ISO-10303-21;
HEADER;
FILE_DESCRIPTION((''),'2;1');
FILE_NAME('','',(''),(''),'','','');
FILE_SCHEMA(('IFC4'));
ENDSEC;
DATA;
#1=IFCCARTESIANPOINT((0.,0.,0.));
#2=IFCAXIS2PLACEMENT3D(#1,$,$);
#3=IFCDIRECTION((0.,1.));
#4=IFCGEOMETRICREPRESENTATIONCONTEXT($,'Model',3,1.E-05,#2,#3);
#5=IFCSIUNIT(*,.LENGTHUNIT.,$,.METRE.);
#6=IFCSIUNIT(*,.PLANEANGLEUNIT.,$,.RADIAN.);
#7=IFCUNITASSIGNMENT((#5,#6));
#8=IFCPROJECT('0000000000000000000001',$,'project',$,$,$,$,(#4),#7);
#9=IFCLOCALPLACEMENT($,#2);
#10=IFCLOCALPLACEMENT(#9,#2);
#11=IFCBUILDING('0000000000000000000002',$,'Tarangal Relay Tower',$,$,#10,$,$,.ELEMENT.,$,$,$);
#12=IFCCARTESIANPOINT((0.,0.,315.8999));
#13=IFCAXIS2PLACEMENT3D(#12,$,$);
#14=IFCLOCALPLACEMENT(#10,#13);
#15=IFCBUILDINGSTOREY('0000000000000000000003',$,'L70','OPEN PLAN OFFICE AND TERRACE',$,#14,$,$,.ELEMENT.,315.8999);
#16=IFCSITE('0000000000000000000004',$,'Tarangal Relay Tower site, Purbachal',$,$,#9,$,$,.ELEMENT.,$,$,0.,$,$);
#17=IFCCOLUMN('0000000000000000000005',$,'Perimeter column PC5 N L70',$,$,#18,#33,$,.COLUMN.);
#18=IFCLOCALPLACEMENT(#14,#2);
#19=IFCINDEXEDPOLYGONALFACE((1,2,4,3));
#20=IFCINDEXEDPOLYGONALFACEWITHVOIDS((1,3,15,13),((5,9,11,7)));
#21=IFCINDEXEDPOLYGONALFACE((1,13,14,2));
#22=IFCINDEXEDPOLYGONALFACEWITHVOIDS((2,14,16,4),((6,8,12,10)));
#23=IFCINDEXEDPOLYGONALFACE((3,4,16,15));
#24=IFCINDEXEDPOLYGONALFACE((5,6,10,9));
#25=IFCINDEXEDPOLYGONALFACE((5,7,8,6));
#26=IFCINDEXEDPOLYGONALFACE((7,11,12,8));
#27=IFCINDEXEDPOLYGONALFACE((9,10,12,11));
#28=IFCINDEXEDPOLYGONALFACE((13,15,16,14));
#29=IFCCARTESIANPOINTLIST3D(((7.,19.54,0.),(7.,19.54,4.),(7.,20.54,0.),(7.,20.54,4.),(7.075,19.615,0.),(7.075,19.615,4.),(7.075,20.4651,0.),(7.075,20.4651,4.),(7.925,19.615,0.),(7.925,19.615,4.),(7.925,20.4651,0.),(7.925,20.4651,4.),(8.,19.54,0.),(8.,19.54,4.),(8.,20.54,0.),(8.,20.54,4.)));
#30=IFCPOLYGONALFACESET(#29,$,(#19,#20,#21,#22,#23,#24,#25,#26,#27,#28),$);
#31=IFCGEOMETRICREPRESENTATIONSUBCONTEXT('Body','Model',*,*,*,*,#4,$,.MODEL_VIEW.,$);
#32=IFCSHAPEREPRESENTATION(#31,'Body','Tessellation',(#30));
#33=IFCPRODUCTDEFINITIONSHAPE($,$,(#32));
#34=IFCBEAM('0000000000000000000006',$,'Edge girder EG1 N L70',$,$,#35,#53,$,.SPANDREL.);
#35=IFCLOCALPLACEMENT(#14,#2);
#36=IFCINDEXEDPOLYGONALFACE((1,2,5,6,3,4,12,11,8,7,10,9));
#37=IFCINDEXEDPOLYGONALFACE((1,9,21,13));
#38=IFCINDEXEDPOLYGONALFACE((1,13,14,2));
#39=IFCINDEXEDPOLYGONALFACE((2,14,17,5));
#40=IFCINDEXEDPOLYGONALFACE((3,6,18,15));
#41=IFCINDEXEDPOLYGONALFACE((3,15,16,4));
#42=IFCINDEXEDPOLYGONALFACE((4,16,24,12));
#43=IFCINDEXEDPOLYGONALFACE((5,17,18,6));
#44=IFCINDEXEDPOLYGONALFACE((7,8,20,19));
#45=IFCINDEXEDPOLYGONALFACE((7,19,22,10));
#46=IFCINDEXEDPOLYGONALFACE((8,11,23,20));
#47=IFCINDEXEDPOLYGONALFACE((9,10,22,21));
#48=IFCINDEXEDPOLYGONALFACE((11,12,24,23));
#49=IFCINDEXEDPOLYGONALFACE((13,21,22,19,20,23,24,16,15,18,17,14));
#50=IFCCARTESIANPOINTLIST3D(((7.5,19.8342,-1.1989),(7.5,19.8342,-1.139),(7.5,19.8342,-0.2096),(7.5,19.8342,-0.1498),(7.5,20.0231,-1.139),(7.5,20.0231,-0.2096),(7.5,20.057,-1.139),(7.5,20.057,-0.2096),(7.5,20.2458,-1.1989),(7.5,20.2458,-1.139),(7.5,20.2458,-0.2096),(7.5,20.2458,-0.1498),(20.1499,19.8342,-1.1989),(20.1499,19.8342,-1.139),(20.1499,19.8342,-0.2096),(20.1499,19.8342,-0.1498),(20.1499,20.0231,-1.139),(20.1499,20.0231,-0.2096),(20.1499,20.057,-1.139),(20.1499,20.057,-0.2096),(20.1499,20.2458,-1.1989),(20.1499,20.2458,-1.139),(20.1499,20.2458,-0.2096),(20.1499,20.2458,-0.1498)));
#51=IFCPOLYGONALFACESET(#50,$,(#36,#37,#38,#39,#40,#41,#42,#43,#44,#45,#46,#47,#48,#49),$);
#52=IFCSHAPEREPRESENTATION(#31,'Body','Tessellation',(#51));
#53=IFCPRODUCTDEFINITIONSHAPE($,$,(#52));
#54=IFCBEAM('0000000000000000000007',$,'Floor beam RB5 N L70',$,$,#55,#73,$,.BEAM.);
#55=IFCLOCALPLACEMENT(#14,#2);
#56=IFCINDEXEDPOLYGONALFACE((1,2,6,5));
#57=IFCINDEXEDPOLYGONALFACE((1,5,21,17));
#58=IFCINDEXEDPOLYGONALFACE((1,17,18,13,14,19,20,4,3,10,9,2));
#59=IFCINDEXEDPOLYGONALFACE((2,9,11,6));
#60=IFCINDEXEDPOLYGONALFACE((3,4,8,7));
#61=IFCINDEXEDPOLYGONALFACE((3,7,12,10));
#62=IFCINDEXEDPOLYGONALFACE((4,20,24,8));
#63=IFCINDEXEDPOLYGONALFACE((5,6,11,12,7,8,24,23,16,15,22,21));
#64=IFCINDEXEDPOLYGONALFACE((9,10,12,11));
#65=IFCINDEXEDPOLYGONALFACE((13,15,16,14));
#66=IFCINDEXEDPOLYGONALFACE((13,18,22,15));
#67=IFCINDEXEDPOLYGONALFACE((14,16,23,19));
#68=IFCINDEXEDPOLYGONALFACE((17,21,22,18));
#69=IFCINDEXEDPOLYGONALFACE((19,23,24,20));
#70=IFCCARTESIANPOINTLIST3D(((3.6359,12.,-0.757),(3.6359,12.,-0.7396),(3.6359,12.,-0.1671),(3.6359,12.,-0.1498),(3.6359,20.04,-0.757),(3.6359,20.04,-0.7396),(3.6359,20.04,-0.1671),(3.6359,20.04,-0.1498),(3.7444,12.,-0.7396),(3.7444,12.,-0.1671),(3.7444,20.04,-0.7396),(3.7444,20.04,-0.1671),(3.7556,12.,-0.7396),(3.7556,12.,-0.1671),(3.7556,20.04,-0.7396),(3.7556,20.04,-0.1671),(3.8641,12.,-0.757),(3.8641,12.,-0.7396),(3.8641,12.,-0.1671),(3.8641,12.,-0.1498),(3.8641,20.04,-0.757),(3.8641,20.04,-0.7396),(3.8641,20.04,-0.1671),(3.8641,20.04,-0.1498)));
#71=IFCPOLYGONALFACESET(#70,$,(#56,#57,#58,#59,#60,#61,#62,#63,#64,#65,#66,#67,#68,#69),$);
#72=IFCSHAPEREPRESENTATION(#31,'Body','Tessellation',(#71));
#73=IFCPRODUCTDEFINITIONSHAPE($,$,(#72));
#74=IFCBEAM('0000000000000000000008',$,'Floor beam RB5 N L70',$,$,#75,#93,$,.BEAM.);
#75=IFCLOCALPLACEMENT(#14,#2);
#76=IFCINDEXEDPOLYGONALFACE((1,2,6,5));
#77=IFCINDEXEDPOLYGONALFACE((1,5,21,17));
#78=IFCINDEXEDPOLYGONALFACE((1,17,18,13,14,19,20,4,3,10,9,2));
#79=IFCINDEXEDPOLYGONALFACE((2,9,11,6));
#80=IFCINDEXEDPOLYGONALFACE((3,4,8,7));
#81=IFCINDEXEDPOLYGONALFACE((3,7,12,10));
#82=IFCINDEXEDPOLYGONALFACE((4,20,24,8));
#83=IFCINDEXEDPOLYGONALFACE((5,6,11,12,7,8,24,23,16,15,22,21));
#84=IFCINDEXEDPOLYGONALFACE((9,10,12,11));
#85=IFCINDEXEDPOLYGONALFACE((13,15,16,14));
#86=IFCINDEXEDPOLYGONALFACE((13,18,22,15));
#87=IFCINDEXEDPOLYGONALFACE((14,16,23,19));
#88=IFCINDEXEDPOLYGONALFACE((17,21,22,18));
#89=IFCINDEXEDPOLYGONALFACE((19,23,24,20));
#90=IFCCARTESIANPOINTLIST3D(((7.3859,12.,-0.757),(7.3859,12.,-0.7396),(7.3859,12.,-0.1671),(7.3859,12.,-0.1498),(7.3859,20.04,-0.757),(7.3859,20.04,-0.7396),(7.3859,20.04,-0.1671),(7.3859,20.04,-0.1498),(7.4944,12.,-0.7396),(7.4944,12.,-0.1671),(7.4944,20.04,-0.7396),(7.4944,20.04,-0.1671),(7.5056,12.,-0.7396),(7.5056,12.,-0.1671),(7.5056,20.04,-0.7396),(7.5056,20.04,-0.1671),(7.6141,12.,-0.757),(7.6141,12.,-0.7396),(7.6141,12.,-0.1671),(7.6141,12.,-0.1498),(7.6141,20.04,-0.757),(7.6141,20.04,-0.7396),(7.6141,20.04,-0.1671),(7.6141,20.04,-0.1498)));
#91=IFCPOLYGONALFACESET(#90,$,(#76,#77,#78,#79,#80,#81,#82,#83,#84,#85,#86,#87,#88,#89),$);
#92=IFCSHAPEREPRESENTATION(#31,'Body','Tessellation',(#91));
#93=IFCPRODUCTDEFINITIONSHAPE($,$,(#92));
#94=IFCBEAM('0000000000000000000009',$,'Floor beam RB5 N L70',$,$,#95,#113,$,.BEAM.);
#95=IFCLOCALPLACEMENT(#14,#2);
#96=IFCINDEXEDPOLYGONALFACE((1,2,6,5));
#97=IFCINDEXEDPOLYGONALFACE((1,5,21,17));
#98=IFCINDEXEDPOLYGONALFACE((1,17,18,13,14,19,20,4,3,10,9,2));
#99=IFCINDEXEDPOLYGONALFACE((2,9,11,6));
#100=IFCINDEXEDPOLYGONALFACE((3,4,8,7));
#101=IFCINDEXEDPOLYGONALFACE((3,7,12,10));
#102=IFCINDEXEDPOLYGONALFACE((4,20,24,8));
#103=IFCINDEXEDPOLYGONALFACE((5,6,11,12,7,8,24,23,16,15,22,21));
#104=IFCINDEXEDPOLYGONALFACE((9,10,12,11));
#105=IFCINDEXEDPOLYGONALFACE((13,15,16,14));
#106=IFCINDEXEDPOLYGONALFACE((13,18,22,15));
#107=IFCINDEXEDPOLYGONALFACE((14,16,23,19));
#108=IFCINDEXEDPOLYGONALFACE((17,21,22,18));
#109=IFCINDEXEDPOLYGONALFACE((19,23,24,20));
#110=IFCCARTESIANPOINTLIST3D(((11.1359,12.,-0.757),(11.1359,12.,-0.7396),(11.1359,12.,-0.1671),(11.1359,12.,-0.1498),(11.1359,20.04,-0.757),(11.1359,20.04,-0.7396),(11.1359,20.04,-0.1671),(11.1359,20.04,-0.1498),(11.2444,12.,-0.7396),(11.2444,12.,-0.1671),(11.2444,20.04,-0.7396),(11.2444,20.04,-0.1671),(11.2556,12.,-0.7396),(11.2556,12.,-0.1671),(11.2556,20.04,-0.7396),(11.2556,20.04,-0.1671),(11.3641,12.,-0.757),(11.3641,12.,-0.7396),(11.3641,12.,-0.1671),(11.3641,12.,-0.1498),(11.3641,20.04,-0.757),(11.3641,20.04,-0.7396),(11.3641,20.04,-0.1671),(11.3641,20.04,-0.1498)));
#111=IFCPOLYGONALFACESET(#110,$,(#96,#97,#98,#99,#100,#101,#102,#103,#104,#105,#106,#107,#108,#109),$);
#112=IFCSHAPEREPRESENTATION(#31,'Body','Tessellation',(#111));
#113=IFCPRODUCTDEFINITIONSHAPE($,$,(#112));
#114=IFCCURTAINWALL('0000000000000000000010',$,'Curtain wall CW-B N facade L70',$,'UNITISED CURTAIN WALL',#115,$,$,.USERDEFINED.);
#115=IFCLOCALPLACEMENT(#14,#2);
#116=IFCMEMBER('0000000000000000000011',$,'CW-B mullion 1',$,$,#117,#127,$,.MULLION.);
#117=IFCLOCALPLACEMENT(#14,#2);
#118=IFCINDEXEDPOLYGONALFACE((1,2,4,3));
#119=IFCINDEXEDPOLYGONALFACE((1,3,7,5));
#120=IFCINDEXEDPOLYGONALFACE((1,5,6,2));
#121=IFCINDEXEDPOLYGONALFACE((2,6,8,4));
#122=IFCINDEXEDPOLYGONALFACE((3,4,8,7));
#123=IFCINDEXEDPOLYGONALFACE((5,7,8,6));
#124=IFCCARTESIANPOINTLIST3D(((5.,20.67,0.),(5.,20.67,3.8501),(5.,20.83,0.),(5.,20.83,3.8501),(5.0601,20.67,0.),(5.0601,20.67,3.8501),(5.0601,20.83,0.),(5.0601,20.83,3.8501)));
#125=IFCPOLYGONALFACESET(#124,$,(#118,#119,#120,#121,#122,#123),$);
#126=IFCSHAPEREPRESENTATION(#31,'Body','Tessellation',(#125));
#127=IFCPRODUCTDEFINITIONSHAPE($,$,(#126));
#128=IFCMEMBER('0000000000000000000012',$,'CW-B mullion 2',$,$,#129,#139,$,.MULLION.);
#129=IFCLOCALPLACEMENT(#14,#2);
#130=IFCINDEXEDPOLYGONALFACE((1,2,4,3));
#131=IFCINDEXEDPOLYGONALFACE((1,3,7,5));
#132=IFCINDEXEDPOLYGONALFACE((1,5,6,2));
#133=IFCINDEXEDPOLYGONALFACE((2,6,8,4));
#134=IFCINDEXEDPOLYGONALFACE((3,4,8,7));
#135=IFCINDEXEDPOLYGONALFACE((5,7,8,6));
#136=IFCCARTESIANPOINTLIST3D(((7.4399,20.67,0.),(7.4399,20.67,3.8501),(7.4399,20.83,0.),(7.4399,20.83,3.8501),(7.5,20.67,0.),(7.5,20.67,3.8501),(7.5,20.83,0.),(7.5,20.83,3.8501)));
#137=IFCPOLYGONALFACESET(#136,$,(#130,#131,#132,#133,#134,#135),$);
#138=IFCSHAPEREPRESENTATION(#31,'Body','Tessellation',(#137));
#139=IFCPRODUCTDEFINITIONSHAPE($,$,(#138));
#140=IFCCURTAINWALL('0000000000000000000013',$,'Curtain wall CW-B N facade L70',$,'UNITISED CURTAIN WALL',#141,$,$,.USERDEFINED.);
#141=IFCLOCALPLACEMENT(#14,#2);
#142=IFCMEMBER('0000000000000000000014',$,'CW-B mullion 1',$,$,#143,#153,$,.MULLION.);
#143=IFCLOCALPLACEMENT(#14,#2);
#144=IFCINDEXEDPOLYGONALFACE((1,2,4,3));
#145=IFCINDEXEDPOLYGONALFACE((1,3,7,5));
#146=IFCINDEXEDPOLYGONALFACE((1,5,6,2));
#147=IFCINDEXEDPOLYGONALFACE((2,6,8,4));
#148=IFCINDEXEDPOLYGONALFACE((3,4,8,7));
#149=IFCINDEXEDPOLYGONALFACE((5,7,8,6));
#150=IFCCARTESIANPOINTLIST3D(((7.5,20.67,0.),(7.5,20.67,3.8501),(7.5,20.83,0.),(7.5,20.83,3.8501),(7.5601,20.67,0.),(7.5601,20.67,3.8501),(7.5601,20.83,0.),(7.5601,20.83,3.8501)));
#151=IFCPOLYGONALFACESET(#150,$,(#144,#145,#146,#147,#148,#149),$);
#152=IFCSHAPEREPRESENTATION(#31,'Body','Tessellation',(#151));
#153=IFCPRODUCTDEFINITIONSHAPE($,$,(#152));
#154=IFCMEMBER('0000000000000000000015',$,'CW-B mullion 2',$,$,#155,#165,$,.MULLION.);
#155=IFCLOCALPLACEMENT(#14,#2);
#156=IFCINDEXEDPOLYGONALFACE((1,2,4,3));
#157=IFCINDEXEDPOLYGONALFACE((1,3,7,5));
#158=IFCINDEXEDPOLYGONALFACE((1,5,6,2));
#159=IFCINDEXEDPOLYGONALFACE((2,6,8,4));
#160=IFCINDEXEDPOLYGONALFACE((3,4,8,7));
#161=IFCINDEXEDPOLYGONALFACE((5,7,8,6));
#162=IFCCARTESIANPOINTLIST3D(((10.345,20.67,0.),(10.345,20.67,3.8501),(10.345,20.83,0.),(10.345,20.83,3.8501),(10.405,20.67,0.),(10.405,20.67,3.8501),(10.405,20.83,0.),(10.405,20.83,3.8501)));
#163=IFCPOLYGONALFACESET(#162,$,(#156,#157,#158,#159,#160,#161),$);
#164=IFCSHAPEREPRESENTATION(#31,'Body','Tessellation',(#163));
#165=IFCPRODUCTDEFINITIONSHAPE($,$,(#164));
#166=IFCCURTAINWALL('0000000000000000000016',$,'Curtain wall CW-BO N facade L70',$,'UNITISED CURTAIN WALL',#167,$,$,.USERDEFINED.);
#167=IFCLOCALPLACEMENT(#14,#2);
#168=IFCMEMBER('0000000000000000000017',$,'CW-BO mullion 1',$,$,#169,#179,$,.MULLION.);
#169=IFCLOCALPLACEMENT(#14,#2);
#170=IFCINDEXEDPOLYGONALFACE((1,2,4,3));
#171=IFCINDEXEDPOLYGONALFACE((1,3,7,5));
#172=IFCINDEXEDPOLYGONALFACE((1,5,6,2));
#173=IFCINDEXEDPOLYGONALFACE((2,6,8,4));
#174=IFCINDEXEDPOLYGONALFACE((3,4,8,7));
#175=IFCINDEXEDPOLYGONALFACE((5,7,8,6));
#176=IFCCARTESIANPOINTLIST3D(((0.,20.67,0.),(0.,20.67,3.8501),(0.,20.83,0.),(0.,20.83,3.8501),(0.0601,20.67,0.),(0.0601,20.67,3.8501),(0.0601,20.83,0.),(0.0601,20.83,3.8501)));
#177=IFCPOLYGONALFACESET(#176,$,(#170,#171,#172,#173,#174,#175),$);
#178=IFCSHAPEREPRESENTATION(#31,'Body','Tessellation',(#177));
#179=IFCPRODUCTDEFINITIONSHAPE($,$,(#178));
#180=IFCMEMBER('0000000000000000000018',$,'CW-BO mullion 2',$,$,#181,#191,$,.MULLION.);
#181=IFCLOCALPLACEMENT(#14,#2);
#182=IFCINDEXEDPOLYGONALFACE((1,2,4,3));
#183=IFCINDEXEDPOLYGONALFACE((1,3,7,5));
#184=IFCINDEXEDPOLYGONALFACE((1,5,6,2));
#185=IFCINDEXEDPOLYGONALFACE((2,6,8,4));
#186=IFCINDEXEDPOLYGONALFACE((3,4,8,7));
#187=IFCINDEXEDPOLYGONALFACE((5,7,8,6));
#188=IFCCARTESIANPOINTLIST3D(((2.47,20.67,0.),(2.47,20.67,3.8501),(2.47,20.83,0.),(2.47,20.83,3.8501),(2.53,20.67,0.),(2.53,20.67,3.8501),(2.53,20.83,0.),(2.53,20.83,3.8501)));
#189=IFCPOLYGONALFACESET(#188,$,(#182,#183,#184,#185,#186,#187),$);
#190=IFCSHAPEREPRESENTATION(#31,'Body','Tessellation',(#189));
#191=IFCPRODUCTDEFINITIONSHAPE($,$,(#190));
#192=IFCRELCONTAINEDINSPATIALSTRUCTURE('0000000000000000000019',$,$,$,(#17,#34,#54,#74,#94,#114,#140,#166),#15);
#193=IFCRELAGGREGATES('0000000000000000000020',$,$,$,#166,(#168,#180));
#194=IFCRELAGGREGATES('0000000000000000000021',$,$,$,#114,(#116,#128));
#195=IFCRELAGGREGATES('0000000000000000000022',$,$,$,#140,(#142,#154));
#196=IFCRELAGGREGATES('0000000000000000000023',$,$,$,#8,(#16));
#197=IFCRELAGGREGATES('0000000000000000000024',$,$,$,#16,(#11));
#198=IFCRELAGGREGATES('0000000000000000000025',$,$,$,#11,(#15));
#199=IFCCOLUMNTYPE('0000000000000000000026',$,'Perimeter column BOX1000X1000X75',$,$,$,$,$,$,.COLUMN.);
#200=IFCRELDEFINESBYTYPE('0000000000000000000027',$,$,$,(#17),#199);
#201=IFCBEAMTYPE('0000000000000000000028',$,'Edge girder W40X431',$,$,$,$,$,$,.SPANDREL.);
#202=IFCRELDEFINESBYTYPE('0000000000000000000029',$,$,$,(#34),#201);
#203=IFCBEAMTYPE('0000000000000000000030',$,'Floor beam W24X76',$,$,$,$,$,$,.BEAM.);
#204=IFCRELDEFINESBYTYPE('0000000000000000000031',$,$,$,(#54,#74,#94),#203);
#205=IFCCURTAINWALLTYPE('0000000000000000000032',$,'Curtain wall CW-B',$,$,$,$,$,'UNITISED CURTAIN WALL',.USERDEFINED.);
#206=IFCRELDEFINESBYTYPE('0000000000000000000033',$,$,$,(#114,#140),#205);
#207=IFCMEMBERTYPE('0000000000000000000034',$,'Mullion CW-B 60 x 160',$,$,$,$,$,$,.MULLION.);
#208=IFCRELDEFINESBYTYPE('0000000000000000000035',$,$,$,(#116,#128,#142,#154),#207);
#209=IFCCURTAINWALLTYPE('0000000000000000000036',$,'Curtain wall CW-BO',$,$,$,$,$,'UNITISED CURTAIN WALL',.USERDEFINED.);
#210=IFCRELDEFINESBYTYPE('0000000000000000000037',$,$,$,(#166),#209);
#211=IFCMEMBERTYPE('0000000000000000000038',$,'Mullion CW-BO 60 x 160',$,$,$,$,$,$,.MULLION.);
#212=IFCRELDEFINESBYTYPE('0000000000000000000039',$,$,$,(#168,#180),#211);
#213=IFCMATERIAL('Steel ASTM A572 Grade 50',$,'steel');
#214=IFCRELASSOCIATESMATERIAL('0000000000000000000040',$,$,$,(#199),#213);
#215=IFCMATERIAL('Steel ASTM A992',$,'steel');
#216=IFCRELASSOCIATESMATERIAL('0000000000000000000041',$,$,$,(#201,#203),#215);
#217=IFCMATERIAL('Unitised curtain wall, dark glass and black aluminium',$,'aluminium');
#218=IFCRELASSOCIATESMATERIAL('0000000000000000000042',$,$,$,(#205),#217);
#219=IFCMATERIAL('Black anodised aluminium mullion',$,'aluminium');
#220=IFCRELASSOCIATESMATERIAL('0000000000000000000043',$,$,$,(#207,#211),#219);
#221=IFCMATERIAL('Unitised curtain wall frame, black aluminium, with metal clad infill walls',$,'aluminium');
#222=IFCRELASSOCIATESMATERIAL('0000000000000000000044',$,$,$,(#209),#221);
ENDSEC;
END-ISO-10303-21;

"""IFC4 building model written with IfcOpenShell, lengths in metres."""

from ifc_helpers import new_model, si_unit, direction, frame, origin, origin_2d, place, context, subcontext, project, spatial, rectangle, hollow_rectangle, i_section, extrude, material, material_profile, profile_set, type_object, element, aggregate, save


model = new_model("IFC4")

# Units and contexts
model_context = context("Model", 3, precision=1e-05, world=origin(), true_north=direction((0.0, 1.0)))
body_context = subcontext(model_context, "Body", "Model", "MODEL_VIEW")
ifc_project = project(units=[si_unit("LENGTHUNIT", "METRE"), si_unit("PLANEANGLEUNIT", "RADIAN")], contexts=[model_context])

# Site, building, storey
site_placement = place(None, origin())
site = spatial("IfcSite", under=ifc_project, at=site_placement, Name="Tarangal Relay Tower site, Purbachal", CompositionType="ELEMENT", RefElevation=0.0)
building_placement = place(site_placement, origin())
building = spatial("IfcBuilding", under=site, at=building_placement, Name="Tarangal Relay Tower", CompositionType="ELEMENT")
storey_placement = place(building_placement, frame((0.0, 0.0, 315.8999)))
storey = spatial("IfcBuildingStorey", under=building, at=storey_placement, Name="L70", Description="OPEN PLAN OFFICE AND TERRACE", CompositionType="ELEMENT", Elevation=315.8999)

# Column
ifc_material_1 = material(Name="Steel ASTM A572 Grade 50", Category="steel")
ifc_material_profile_1 = material_profile(ifc_material_1, hollow_rectangle(XDim=1.0, YDim=1.0, WallThickness=0.075, at=origin_2d()), Name="BOX1000X1000X75")
ifc_profile_set_1 = profile_set([ifc_material_profile_1], Name="Steel ASTM A572 Grade 50")
column_type = type_object("IfcColumnType", Name="Perimeter column BOX1000X1000X75", PredefinedType="COLUMN", material=ifc_profile_set_1)
column_placement = place(storey_placement, frame((7.5, 20.04, 0.0), z_axis=(0.0, 0.0, 1.0), x_axis=(1.0, 0.0, 0.0)))
element("IfcColumn", 1, at=column_placement, inside=storey, type_object=column_type, Name="Perimeter column PC5 N L70", PredefinedType="COLUMN", context=body_context, shape_type="SweptSolid", body=[
    extrude(hollow_rectangle(XDim=1.0, YDim=1.0, WallThickness=0.075, at=origin_2d()), origin(), (0.0, 0.0, 1.0), 4.0),
])

# Beams
ifc_material_2 = material(Name="Steel ASTM A992", Category="steel")
ifc_material_profile_2 = material_profile(ifc_material_2, i_section(OverallWidth=0.4116, OverallDepth=1.0491, WebThickness=0.0339, FlangeThickness=0.0598, at=origin_2d()), Name="W40X431")
ifc_profile_set_2 = profile_set([ifc_material_profile_2], Name="Steel ASTM A992")
beam_type_1 = type_object("IfcBeamType", Name="Edge girder W40X431", PredefinedType="SPANDREL", material=ifc_profile_set_2)
beam_placement = place(storey_placement, frame((7.5, 20.04, -0.6743), z_axis=(1.0, 0.0, 0.0), x_axis=(0.0, 1.0, 0.0)))
element("IfcBeam", 2, at=beam_placement, inside=storey, type_object=beam_type_1, Name="Edge girder EG1 N L70", PredefinedType="SPANDREL", context=body_context, shape_type="SweptSolid", body=[
    extrude(i_section(OverallWidth=0.4116, OverallDepth=1.0491, WebThickness=0.0339, FlangeThickness=0.0598, at=origin_2d()), origin(), (0.0, 0.0, 1.0), 12.6499),
])
ifc_material_profile_3 = material_profile(ifc_material_2, i_section(OverallWidth=0.2283, OverallDepth=0.6072, WebThickness=0.0112, FlangeThickness=0.0173, at=origin_2d()), Name="W24X76")
ifc_profile_set_3 = profile_set([ifc_material_profile_3], Name="Steel ASTM A992")
beam_type_2 = type_object("IfcBeamType", Name="Floor beam W24X76", PredefinedType="BEAM", material=ifc_profile_set_3)
for number, where, z_axis, x_axis, name in (
    (3, (3.75, 12.0, -0.4534), (0.0, 1.0, 0.0), (-1.0, 0.0, 0.0), "Floor beam RB5 N L70"),
    (4, (7.5, 12.0, -0.4534), (0.0, 1.0, 0.0), (-1.0, 0.0, 0.0), "Floor beam RB5 N L70"),
    (5, (11.25, 12.0, -0.4534), (0.0, 1.0, 0.0), (-1.0, 0.0, 0.0), "Floor beam RB5 N L70"),
):
    element("IfcBeam", number, at=place(storey_placement, frame(where, z_axis=z_axis, x_axis=x_axis)), inside=storey, type_object=beam_type_2, Name=name, PredefinedType="BEAM", context=body_context, shape_type="SweptSolid", body=[
        extrude(i_section(OverallWidth=0.2283, OverallDepth=0.6072, WebThickness=0.0112, FlangeThickness=0.0173, at=origin_2d()), origin(), (0.0, 0.0, 1.0), 8.04),
    ])

# Curtain walls, members
ifc_material_3 = material(Name="Unitised curtain wall, dark glass and black aluminium", Category="aluminium")
curtain_wall_type_1 = type_object("IfcCurtainWallType", Name="Curtain wall CW-B", ElementType="UNITISED CURTAIN WALL", PredefinedType="USERDEFINED", material=ifc_material_3)
curtain_wall_1_placement = place(storey_placement, origin())
curtain_wall_1 = element("IfcCurtainWall", 6, at=curtain_wall_1_placement, inside=storey, type_object=curtain_wall_type_1, Name="Curtain wall CW-B N facade L70", ObjectType="UNITISED CURTAIN WALL", PredefinedType="USERDEFINED")
ifc_material_4 = material(Name="Black anodised aluminium mullion", Category="aluminium")
ifc_material_profile_4 = material_profile(ifc_material_4, rectangle(XDim=0.1599, YDim=0.0601, at=origin_2d()), Name="CW-BM 60X160")
ifc_profile_set_4 = profile_set([ifc_material_profile_4], Name="Black anodised aluminium mullion")
member_type_1 = type_object("IfcMemberType", Name="Mullion CW-B 60 x 160", PredefinedType="MULLION", material=ifc_profile_set_4)
member_1_placement = place(storey_placement, frame((5.03, 20.75, 0.0), z_axis=(0.0, 0.0, 1.0), x_axis=(0.0, 1.0, 0.0)))
member_1 = element("IfcMember", 7, at=member_1_placement, type_object=member_type_1, Name="CW-B mullion 1", PredefinedType="MULLION", context=body_context, shape_type="SweptSolid", body=[
    extrude(rectangle(XDim=0.1599, YDim=0.0601, at=origin_2d()), origin(), (0.0, 0.0, 1.0), 3.8501),
])
member_2_placement = place(storey_placement, frame((7.47, 20.75, 0.0), z_axis=(0.0, 0.0, 1.0), x_axis=(0.0, 1.0, 0.0)))
member_2 = element("IfcMember", 8, at=member_2_placement, type_object=member_type_1, Name="CW-B mullion 2", PredefinedType="MULLION", context=body_context, shape_type="SweptSolid", body=[
    extrude(rectangle(XDim=0.1599, YDim=0.0601, at=origin_2d()), origin(), (0.0, 0.0, 1.0), 3.8501),
])
curtain_wall_2_placement = place(storey_placement, origin())
curtain_wall_2 = element("IfcCurtainWall", 9, at=curtain_wall_2_placement, inside=storey, type_object=curtain_wall_type_1, Name="Curtain wall CW-B N facade L70", ObjectType="UNITISED CURTAIN WALL", PredefinedType="USERDEFINED")
member_3_placement = place(storey_placement, frame((7.53, 20.75, 0.0), z_axis=(0.0, 0.0, 1.0), x_axis=(0.0, 1.0, 0.0)))
member_3 = element("IfcMember", 10, at=member_3_placement, type_object=member_type_1, Name="CW-B mullion 1", PredefinedType="MULLION", context=body_context, shape_type="SweptSolid", body=[
    extrude(rectangle(XDim=0.1599, YDim=0.0601, at=origin_2d()), origin(), (0.0, 0.0, 1.0), 3.8501),
])
member_4_placement = place(storey_placement, frame((10.375, 20.75, 0.0), z_axis=(0.0, 0.0, 1.0), x_axis=(0.0, 1.0, 0.0)))
member_4 = element("IfcMember", 11, at=member_4_placement, type_object=member_type_1, Name="CW-B mullion 2", PredefinedType="MULLION", context=body_context, shape_type="SweptSolid", body=[
    extrude(rectangle(XDim=0.1599, YDim=0.0601, at=origin_2d()), origin(), (0.0, 0.0, 1.0), 3.8501),
])
ifc_material_5 = material(Name="Unitised curtain wall frame, black aluminium, with metal clad infill walls", Category="aluminium")
curtain_wall_type_2 = type_object("IfcCurtainWallType", Name="Curtain wall CW-BO", ElementType="UNITISED CURTAIN WALL", PredefinedType="USERDEFINED", material=ifc_material_5)
curtain_wall_3_placement = place(storey_placement, origin())
curtain_wall_3 = element("IfcCurtainWall", 12, at=curtain_wall_3_placement, inside=storey, type_object=curtain_wall_type_2, Name="Curtain wall CW-BO N facade L70", ObjectType="UNITISED CURTAIN WALL", PredefinedType="USERDEFINED")
ifc_material_profile_5 = material_profile(ifc_material_4, rectangle(XDim=0.1599, YDim=0.0601, at=origin_2d()), Name="CW-BOM 60X160")
ifc_profile_set_5 = profile_set([ifc_material_profile_5], Name="Black anodised aluminium mullion")
member_type_2 = type_object("IfcMemberType", Name="Mullion CW-BO 60 x 160", PredefinedType="MULLION", material=ifc_profile_set_5)
member_5_placement = place(storey_placement, frame((0.03, 20.75, 0.0), z_axis=(0.0, 0.0, 1.0), x_axis=(0.0, 1.0, 0.0)))
member_5 = element("IfcMember", 13, at=member_5_placement, type_object=member_type_2, Name="CW-BO mullion 1", PredefinedType="MULLION", context=body_context, shape_type="SweptSolid", body=[
    extrude(rectangle(XDim=0.1599, YDim=0.0601, at=origin_2d()), origin(), (0.0, 0.0, 1.0), 3.8501),
])
member_6_placement = place(storey_placement, frame((2.5, 20.75, 0.0), z_axis=(0.0, 0.0, 1.0), x_axis=(0.0, 1.0, 0.0)))
member_6 = element("IfcMember", 14, at=member_6_placement, type_object=member_type_2, Name="CW-BO mullion 2", PredefinedType="MULLION", context=body_context, shape_type="SweptSolid", body=[
    extrude(rectangle(XDim=0.1599, YDim=0.0601, at=origin_2d()), origin(), (0.0, 0.0, 1.0), 3.8501),
])

aggregate(curtain_wall_3, [member_5, member_6])

aggregate(curtain_wall_1, [member_1, member_2])
aggregate(curtain_wall_2, [member_3, member_4])

save(model, "model.ifc")
